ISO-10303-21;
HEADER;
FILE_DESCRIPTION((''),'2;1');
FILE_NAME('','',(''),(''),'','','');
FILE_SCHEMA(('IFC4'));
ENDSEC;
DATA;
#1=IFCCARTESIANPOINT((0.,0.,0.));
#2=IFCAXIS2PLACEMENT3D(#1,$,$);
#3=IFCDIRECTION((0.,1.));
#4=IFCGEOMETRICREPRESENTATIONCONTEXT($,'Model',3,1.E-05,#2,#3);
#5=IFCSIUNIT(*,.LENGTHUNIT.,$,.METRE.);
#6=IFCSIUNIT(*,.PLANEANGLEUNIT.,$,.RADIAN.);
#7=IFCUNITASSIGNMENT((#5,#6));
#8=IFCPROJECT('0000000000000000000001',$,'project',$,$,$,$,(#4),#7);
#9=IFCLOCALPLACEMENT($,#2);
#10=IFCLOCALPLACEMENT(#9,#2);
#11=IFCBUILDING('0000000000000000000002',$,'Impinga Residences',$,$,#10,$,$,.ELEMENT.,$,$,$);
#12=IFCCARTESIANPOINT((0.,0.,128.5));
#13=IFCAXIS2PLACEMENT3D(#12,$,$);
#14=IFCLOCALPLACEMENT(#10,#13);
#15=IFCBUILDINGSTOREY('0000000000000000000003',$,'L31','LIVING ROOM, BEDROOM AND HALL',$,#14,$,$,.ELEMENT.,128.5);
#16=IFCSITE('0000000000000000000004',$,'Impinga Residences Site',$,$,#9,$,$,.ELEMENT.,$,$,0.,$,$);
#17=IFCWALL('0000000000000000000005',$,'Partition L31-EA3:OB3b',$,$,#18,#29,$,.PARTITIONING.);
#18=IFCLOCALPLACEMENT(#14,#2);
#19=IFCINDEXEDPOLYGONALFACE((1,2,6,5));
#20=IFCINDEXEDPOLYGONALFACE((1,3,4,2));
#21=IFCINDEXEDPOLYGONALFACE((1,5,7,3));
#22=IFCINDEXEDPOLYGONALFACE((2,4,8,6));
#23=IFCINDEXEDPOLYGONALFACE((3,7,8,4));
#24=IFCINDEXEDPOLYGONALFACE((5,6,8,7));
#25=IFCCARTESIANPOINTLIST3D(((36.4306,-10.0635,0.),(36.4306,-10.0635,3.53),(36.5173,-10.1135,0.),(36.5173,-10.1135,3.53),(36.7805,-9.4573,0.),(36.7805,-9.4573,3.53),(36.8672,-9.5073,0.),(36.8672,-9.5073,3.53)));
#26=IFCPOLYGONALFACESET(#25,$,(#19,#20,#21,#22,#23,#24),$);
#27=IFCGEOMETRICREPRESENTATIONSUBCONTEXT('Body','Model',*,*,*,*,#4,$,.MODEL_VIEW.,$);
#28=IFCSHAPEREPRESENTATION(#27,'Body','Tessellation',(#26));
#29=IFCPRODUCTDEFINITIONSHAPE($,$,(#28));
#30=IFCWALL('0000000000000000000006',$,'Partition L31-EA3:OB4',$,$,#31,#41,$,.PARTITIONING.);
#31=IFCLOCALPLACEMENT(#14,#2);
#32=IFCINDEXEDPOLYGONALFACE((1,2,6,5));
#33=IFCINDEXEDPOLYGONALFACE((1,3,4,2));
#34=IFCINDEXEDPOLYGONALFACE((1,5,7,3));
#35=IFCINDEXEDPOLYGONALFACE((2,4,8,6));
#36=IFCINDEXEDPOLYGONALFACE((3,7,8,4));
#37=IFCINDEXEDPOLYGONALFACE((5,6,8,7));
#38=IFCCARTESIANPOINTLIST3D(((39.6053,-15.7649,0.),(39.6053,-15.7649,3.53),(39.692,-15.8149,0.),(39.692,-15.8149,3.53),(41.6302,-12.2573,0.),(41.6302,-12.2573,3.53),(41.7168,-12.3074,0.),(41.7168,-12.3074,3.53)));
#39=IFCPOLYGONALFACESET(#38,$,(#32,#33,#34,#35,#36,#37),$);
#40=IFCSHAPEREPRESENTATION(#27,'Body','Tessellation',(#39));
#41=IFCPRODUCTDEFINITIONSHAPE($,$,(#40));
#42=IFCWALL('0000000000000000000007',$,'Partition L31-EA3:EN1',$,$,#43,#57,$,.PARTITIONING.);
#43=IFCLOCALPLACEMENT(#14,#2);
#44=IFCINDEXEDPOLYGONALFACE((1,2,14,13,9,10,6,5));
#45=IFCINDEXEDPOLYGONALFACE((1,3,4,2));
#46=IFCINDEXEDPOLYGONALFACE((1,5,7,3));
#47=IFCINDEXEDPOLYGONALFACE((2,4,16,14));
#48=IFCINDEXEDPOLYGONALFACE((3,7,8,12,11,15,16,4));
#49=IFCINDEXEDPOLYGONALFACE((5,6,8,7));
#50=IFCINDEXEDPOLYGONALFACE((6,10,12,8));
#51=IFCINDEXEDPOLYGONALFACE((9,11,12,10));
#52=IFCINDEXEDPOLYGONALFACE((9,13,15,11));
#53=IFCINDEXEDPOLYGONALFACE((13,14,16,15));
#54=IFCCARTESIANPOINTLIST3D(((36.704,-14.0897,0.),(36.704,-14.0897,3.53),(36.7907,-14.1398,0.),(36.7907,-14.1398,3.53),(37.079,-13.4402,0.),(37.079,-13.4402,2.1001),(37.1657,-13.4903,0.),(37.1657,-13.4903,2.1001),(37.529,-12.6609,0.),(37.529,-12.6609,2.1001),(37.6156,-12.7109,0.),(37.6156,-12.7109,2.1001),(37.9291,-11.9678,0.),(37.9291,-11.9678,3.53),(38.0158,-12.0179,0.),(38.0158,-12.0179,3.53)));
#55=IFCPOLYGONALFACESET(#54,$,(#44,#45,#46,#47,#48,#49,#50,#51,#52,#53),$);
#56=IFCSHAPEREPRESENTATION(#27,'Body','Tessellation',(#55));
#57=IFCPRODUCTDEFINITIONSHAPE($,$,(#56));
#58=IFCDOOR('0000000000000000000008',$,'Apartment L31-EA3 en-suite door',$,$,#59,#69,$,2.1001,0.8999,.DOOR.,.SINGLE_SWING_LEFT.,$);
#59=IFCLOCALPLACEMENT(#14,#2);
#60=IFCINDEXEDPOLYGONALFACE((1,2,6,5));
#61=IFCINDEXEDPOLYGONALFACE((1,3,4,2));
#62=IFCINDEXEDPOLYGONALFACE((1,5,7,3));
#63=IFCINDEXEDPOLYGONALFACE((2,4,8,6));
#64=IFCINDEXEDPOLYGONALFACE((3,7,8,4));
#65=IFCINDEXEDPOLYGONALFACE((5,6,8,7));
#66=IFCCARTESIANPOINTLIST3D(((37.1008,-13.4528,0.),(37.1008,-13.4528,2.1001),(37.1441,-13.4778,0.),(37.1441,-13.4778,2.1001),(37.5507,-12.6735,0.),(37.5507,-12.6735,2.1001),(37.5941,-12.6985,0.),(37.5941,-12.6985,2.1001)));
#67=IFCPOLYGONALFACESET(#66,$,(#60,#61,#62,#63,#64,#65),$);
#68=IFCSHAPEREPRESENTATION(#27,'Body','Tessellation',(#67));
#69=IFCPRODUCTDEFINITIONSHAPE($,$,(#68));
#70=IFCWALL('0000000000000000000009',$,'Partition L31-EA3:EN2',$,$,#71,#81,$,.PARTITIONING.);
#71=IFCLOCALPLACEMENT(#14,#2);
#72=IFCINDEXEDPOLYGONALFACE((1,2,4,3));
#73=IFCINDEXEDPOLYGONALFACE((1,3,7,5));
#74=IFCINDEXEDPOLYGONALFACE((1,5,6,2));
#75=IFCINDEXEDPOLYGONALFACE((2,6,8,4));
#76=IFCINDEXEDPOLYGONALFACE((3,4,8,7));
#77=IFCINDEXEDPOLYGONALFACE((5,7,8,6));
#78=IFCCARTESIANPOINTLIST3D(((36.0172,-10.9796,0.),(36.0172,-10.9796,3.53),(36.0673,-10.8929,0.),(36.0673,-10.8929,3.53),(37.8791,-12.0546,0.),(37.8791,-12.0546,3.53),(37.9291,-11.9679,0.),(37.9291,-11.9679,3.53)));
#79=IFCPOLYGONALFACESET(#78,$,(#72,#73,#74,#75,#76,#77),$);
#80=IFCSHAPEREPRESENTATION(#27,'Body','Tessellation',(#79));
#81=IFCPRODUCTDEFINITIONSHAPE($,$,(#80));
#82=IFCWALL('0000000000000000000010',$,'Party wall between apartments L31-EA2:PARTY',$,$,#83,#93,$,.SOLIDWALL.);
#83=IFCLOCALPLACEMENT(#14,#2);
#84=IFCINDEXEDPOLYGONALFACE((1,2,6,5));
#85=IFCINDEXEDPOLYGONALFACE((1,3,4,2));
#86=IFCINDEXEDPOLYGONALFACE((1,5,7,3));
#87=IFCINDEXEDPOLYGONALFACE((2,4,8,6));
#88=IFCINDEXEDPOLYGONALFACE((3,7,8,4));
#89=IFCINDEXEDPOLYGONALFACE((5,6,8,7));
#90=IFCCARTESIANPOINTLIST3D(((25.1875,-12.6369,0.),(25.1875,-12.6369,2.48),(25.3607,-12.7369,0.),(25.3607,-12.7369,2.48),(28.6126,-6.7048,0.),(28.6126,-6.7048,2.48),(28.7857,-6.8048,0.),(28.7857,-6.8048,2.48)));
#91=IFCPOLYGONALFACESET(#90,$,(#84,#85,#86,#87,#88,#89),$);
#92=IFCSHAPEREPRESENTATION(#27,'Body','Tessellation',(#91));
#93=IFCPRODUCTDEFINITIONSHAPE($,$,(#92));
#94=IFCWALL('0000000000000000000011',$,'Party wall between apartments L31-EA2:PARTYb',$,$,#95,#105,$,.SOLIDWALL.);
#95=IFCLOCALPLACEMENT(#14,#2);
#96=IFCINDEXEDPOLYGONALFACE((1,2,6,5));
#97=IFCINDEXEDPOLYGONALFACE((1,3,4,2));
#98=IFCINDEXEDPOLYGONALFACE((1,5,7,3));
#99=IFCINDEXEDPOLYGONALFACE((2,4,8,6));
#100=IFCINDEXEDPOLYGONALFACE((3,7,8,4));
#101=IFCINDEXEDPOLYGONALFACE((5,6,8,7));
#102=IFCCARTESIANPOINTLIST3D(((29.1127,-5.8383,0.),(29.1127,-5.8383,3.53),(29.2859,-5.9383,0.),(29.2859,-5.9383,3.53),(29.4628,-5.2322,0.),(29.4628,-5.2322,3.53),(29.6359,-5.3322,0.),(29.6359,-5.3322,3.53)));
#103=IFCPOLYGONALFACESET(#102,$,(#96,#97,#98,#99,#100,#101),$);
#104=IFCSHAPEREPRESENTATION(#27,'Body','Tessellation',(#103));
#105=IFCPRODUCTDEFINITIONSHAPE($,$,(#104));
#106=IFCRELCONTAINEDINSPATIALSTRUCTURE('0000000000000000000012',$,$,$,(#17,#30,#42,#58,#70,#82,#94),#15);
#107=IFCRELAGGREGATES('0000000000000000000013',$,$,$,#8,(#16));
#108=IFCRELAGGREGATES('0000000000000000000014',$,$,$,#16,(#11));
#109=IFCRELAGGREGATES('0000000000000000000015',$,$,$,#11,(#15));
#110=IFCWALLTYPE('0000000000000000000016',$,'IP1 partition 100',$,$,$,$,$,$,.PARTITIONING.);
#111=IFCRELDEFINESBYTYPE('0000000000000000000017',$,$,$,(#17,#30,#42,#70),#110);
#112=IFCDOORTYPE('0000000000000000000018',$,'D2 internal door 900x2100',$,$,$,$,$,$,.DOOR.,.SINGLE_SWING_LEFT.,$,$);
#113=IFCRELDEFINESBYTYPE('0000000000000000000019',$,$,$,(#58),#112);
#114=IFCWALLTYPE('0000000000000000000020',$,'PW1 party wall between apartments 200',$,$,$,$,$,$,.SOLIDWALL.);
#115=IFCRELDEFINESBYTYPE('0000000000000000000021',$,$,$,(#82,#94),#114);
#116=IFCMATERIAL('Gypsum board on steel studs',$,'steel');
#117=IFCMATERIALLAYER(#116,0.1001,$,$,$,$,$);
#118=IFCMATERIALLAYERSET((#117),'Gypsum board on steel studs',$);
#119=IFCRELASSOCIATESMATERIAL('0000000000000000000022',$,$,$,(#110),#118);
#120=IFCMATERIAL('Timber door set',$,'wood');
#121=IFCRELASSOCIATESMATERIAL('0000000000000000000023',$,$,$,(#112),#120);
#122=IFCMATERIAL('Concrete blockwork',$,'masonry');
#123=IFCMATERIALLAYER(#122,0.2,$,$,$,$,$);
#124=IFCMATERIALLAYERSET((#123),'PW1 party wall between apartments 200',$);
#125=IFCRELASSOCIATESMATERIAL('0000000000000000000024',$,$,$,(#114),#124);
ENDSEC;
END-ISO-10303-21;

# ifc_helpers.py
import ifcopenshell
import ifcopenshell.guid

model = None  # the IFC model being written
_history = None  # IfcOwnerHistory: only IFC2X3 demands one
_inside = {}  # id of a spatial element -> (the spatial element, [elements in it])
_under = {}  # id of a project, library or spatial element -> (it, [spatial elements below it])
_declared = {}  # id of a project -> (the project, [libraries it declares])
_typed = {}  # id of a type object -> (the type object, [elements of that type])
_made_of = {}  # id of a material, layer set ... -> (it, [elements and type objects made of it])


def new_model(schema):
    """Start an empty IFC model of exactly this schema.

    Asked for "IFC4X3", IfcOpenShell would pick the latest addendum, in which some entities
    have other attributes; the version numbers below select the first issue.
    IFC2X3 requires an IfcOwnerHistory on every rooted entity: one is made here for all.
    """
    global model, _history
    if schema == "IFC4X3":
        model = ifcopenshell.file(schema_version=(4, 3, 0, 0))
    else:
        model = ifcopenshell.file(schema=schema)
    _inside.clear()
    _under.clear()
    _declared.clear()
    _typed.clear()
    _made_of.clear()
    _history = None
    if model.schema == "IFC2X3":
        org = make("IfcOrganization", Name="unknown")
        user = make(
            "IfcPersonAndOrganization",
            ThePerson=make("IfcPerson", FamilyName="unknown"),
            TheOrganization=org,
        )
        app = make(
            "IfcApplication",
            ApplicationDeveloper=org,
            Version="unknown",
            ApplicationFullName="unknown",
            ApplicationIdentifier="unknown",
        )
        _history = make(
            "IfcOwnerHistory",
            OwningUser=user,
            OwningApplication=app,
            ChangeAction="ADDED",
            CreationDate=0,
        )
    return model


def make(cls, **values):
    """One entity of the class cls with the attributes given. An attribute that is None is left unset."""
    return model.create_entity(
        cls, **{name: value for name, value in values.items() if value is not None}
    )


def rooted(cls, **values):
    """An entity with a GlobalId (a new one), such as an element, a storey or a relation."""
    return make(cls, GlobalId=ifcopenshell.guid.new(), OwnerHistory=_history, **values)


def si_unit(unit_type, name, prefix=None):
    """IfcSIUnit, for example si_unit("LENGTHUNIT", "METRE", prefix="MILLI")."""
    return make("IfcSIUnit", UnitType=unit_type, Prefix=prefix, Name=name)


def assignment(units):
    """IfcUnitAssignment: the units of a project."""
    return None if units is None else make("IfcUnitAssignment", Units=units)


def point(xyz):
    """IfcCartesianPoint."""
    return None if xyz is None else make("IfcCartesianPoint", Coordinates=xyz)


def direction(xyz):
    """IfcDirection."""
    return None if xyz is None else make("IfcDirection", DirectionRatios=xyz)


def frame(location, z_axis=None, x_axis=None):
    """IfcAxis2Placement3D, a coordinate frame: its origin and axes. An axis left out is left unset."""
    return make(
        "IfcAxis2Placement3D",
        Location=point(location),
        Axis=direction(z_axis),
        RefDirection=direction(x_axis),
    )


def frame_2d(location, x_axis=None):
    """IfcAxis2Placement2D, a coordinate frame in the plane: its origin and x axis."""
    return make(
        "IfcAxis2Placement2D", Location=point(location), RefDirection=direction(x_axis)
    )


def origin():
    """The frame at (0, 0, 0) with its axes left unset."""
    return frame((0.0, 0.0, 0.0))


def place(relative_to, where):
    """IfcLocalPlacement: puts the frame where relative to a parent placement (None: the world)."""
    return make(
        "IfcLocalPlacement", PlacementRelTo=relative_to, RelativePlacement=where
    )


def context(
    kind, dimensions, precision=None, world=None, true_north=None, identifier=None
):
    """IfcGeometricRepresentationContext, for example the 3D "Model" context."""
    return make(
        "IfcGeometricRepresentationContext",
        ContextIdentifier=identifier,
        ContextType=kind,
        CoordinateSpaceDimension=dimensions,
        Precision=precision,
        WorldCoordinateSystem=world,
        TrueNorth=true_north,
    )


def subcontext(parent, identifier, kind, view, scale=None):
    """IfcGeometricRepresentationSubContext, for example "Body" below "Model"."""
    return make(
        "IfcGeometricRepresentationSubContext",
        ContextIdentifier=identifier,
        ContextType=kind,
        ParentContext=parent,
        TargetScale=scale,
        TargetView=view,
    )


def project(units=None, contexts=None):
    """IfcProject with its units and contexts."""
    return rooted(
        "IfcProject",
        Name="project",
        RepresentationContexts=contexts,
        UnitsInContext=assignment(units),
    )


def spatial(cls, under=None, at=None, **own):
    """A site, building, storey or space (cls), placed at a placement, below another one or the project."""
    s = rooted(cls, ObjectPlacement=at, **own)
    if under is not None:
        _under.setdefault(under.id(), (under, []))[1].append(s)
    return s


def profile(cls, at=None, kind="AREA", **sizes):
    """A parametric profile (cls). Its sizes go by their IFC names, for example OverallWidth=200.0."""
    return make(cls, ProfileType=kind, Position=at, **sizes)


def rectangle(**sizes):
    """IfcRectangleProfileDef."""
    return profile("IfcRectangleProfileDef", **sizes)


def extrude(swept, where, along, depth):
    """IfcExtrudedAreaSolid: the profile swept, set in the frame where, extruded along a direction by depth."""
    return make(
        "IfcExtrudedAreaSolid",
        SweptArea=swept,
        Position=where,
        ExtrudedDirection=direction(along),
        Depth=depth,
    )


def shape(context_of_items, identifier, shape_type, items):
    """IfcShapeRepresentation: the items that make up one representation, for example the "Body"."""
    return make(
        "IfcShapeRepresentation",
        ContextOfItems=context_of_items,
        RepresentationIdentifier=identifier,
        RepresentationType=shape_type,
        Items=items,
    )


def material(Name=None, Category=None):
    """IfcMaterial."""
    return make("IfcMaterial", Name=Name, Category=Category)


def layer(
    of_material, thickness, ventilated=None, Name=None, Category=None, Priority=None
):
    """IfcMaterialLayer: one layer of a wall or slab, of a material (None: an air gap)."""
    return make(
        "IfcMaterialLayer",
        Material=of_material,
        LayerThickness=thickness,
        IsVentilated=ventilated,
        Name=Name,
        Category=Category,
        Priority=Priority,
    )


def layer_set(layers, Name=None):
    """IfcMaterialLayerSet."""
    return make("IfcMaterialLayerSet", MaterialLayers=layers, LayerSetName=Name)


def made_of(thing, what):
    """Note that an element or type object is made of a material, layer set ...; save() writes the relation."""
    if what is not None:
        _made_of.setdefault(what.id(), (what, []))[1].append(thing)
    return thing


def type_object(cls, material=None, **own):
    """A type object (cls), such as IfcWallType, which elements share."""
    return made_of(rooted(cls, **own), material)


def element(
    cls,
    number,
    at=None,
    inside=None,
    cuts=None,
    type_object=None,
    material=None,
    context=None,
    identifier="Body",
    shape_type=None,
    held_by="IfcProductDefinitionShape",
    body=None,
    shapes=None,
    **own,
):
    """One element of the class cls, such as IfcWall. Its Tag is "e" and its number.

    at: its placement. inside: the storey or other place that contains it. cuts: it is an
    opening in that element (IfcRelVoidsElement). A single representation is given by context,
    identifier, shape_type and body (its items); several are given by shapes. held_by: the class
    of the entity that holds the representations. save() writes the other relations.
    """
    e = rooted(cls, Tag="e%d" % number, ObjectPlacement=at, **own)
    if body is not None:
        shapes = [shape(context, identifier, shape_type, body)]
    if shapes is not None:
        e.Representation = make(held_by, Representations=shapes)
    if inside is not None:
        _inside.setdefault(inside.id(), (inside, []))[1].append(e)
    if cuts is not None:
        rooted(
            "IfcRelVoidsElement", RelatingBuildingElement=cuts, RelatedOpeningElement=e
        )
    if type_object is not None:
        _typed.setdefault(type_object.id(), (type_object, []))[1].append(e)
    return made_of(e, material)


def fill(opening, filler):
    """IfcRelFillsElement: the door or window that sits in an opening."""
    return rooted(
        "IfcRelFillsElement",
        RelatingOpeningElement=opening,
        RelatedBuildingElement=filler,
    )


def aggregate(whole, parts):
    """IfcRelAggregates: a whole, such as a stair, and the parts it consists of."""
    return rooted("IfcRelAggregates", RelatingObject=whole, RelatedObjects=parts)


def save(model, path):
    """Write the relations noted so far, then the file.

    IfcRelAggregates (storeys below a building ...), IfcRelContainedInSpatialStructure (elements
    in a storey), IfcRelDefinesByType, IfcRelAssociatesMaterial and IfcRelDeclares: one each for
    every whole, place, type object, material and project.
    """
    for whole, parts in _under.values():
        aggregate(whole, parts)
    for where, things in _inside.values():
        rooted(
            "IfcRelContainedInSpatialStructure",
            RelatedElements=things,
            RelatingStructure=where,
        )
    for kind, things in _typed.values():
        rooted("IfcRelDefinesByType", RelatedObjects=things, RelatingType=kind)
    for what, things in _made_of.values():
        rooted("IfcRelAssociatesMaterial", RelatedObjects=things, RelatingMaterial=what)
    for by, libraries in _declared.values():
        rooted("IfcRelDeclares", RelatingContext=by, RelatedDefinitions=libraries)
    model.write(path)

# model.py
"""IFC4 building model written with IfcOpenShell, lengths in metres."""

from ifc_helpers import new_model, si_unit, direction, frame, frame_2d, origin, place, context, subcontext, project, spatial, rectangle, extrude, material, layer, layer_set, type_object, element, fill, save


model = new_model("IFC4")

# Units and contexts
model_context = context("Model", 3, precision=1e-05, world=origin(), true_north=direction((0.0, 1.0)))
body_context = subcontext(model_context, "Body", "Model", "MODEL_VIEW")
ifc_project = project(units=[si_unit("LENGTHUNIT", "METRE"), si_unit("PLANEANGLEUNIT", "RADIAN")], contexts=[model_context])

# Site, building, storey
site_placement = place(None, origin())
site = spatial("IfcSite", under=ifc_project, at=site_placement, Name="Impinga Residences Site", CompositionType="ELEMENT", RefElevation=0.0)
building_placement = place(site_placement, origin())
building = spatial("IfcBuilding", under=site, at=building_placement, Name="Impinga Residences", CompositionType="ELEMENT")
storey_placement = place(building_placement, frame((0.0, 0.0, 128.5)))
storey = spatial("IfcBuildingStorey", under=building, at=storey_placement, Name="L31", Description="LIVING ROOM, BEDROOM AND HALL", CompositionType="ELEMENT", Elevation=128.5)

# Shared definitions
ifc_material_1 = material(Name="Gypsum board on steel studs", Category="steel")
ifc_layer_1 = layer(ifc_material_1, 0.1001)
ifc_layer_set_1 = layer_set([ifc_layer_1], Name="Gypsum board on steel studs")
wall_type_1 = type_object("IfcWallType", Name="IP1 partition 100", PredefinedType="PARTITIONING", material=ifc_layer_set_1)

# Shared definitions
ifc_material_2 = material(Name="Timber door set", Category="wood")
door_type = type_object("IfcDoorType", Name="D2 internal door 900x2100", OperationType="SINGLE_SWING_LEFT", PredefinedType="DOOR", material=ifc_material_2)

# Walls
wall_1_placement = place(storey_placement, frame((36.4739, -10.0886, 0.0), z_axis=(0.0, 0.0, 1.0), x_axis=(0.499853, 0.86611, 0.0)))
element("IfcWall", 1, at=wall_1_placement, inside=storey, type_object=wall_type_1, Name="Partition L31-EA3:OB3b", PredefinedType="PARTITIONING", context=body_context, shape_type="SweptSolid", body=[
    extrude(rectangle(XDim=0.7, YDim=0.1001, at=frame_2d((0.3501, 0.0))), origin(), (0.0, 0.0, 1.0), 3.53),
])
wall_2_placement = place(storey_placement, frame((39.6487, -15.7898, 0.0), z_axis=(0.0, 0.0, 1.0), x_axis=(0.499964, 0.866046, 0.0)))
element("IfcWall", 2, at=wall_2_placement, inside=storey, type_object=wall_type_1, Name="Partition L31-EA3:OB4", PredefinedType="PARTITIONING", context=body_context, shape_type="SweptSolid", body=[
    extrude(rectangle(XDim=4.05, YDim=0.1001, at=frame_2d((2.0249, 0.0))), origin(), (0.0, 0.0, 1.0), 3.53),
])

# Wall, opening, door
wall_3_placement = place(storey_placement, frame((36.7473, -14.1147, 0.0), z_axis=(0.0, 0.0, 1.0), x_axis=(0.500019, 0.866015, 0.0)))
wall_3 = element("IfcWall", 3, at=wall_3_placement, inside=storey, type_object=wall_type_1, Name="Partition L31-EA3:EN1", PredefinedType="PARTITIONING", context=body_context, shape_type="SweptSolid", body=[
    extrude(rectangle(XDim=2.4502, YDim=0.1001, at=frame_2d((1.2251, 0.0))), origin(), (0.0, 0.0, 1.0), 3.53),
])
opening_1_placement = place(wall_3_placement, frame((0.75, 0.0, 0.0)))
opening_1 = element("IfcOpeningElement", 4, at=opening_1_placement, cuts=wall_3, PredefinedType="OPENING", context=body_context, shape_type="SweptSolid", body=[
    extrude(rectangle(XDim=0.8999, YDim=2.1001, at=frame_2d((0.45, 1.05))), frame((0.0, 0.0601, 0.0), z_axis=(0.0, -1.0, 0.0), x_axis=(1.0, 0.0, 0.0)), (0.0, 0.0, 1.0), 0.1201),
])
door_1_placement = place(opening_1_placement, origin())
door_1 = element("IfcDoor", 5, at=door_1_placement, inside=storey, type_object=door_type, Name="Apartment L31-EA3 en-suite door", OperationType="SINGLE_SWING_LEFT", OverallHeight=2.1001, OverallWidth=0.8999, PredefinedType="DOOR", context=body_context, shape_type="SweptSolid", body=[
    extrude(rectangle(XDim=0.8999, YDim=2.1001, at=frame_2d((0.45, 1.05))), frame((0.0, 0.0249, 0.0), z_axis=(0.0, -1.0, 0.0), x_axis=(1.0, 0.0, 0.0)), (0.0, 0.0, 1.0), 0.05),
])
fill(opening_1, door_1)

# Walls
wall_4_placement = place(storey_placement, frame((36.0422, -10.9363, 0.0), z_axis=(0.0, 0.0, 1.0), x_axis=(0.866019, -0.500011, 0.0)))
element("IfcWall", 6, at=wall_4_placement, inside=storey, type_object=wall_type_1, Name="Partition L31-EA3:EN2", PredefinedType="PARTITIONING", context=body_context, shape_type="SweptSolid", body=[
    extrude(rectangle(XDim=2.1499, YDim=0.1001, at=frame_2d((1.075, 0.0))), origin(), (0.0, 0.0, 1.0), 3.53),
])
ifc_material_3 = material(Name="Concrete blockwork", Category="masonry")
ifc_layer_2 = layer(ifc_material_3, 0.2)
ifc_layer_set_2 = layer_set([ifc_layer_2], Name="PW1 party wall between apartments 200")
wall_type_2 = type_object("IfcWallType", Name="PW1 party wall between apartments 200", PredefinedType="SOLIDWALL", material=ifc_layer_set_2)
wall_5_placement = place(storey_placement, frame((25.2742, -12.6868, 0.0), z_axis=(0.0, 0.0, 1.0), x_axis=(0.500015, 0.866017, 0.0)))
element("IfcWall", 7, at=wall_5_placement, inside=storey, type_object=wall_type_2, Name="Party wall between apartments L31-EA2:PARTY", PredefinedType="SOLIDWALL", context=body_context, shape_type="SweptSolid", body=[
    extrude(rectangle(XDim=6.8499, YDim=0.2, at=frame_2d((3.4248, 0.0))), origin(), (0.0, 0.0, 1.0), 2.48),
])
wall_6_placement = place(storey_placement, frame((29.1992, -5.8884, 0.0), z_axis=(0.0, 0.0, 1.0), x_axis=(0.500115, 0.865959, 0.0)))
element("IfcWall", 8, at=wall_6_placement, inside=storey, type_object=wall_type_2, Name="Party wall between apartments L31-EA2:PARTYb", PredefinedType="SOLIDWALL", context=body_context, shape_type="SweptSolid", body=[
    extrude(rectangle(XDim=0.7, YDim=0.2, at=frame_2d((0.3501, 0.0))), origin(), (0.0, 0.0, 1.0), 3.53),
])

save(model, "model.ifc")
